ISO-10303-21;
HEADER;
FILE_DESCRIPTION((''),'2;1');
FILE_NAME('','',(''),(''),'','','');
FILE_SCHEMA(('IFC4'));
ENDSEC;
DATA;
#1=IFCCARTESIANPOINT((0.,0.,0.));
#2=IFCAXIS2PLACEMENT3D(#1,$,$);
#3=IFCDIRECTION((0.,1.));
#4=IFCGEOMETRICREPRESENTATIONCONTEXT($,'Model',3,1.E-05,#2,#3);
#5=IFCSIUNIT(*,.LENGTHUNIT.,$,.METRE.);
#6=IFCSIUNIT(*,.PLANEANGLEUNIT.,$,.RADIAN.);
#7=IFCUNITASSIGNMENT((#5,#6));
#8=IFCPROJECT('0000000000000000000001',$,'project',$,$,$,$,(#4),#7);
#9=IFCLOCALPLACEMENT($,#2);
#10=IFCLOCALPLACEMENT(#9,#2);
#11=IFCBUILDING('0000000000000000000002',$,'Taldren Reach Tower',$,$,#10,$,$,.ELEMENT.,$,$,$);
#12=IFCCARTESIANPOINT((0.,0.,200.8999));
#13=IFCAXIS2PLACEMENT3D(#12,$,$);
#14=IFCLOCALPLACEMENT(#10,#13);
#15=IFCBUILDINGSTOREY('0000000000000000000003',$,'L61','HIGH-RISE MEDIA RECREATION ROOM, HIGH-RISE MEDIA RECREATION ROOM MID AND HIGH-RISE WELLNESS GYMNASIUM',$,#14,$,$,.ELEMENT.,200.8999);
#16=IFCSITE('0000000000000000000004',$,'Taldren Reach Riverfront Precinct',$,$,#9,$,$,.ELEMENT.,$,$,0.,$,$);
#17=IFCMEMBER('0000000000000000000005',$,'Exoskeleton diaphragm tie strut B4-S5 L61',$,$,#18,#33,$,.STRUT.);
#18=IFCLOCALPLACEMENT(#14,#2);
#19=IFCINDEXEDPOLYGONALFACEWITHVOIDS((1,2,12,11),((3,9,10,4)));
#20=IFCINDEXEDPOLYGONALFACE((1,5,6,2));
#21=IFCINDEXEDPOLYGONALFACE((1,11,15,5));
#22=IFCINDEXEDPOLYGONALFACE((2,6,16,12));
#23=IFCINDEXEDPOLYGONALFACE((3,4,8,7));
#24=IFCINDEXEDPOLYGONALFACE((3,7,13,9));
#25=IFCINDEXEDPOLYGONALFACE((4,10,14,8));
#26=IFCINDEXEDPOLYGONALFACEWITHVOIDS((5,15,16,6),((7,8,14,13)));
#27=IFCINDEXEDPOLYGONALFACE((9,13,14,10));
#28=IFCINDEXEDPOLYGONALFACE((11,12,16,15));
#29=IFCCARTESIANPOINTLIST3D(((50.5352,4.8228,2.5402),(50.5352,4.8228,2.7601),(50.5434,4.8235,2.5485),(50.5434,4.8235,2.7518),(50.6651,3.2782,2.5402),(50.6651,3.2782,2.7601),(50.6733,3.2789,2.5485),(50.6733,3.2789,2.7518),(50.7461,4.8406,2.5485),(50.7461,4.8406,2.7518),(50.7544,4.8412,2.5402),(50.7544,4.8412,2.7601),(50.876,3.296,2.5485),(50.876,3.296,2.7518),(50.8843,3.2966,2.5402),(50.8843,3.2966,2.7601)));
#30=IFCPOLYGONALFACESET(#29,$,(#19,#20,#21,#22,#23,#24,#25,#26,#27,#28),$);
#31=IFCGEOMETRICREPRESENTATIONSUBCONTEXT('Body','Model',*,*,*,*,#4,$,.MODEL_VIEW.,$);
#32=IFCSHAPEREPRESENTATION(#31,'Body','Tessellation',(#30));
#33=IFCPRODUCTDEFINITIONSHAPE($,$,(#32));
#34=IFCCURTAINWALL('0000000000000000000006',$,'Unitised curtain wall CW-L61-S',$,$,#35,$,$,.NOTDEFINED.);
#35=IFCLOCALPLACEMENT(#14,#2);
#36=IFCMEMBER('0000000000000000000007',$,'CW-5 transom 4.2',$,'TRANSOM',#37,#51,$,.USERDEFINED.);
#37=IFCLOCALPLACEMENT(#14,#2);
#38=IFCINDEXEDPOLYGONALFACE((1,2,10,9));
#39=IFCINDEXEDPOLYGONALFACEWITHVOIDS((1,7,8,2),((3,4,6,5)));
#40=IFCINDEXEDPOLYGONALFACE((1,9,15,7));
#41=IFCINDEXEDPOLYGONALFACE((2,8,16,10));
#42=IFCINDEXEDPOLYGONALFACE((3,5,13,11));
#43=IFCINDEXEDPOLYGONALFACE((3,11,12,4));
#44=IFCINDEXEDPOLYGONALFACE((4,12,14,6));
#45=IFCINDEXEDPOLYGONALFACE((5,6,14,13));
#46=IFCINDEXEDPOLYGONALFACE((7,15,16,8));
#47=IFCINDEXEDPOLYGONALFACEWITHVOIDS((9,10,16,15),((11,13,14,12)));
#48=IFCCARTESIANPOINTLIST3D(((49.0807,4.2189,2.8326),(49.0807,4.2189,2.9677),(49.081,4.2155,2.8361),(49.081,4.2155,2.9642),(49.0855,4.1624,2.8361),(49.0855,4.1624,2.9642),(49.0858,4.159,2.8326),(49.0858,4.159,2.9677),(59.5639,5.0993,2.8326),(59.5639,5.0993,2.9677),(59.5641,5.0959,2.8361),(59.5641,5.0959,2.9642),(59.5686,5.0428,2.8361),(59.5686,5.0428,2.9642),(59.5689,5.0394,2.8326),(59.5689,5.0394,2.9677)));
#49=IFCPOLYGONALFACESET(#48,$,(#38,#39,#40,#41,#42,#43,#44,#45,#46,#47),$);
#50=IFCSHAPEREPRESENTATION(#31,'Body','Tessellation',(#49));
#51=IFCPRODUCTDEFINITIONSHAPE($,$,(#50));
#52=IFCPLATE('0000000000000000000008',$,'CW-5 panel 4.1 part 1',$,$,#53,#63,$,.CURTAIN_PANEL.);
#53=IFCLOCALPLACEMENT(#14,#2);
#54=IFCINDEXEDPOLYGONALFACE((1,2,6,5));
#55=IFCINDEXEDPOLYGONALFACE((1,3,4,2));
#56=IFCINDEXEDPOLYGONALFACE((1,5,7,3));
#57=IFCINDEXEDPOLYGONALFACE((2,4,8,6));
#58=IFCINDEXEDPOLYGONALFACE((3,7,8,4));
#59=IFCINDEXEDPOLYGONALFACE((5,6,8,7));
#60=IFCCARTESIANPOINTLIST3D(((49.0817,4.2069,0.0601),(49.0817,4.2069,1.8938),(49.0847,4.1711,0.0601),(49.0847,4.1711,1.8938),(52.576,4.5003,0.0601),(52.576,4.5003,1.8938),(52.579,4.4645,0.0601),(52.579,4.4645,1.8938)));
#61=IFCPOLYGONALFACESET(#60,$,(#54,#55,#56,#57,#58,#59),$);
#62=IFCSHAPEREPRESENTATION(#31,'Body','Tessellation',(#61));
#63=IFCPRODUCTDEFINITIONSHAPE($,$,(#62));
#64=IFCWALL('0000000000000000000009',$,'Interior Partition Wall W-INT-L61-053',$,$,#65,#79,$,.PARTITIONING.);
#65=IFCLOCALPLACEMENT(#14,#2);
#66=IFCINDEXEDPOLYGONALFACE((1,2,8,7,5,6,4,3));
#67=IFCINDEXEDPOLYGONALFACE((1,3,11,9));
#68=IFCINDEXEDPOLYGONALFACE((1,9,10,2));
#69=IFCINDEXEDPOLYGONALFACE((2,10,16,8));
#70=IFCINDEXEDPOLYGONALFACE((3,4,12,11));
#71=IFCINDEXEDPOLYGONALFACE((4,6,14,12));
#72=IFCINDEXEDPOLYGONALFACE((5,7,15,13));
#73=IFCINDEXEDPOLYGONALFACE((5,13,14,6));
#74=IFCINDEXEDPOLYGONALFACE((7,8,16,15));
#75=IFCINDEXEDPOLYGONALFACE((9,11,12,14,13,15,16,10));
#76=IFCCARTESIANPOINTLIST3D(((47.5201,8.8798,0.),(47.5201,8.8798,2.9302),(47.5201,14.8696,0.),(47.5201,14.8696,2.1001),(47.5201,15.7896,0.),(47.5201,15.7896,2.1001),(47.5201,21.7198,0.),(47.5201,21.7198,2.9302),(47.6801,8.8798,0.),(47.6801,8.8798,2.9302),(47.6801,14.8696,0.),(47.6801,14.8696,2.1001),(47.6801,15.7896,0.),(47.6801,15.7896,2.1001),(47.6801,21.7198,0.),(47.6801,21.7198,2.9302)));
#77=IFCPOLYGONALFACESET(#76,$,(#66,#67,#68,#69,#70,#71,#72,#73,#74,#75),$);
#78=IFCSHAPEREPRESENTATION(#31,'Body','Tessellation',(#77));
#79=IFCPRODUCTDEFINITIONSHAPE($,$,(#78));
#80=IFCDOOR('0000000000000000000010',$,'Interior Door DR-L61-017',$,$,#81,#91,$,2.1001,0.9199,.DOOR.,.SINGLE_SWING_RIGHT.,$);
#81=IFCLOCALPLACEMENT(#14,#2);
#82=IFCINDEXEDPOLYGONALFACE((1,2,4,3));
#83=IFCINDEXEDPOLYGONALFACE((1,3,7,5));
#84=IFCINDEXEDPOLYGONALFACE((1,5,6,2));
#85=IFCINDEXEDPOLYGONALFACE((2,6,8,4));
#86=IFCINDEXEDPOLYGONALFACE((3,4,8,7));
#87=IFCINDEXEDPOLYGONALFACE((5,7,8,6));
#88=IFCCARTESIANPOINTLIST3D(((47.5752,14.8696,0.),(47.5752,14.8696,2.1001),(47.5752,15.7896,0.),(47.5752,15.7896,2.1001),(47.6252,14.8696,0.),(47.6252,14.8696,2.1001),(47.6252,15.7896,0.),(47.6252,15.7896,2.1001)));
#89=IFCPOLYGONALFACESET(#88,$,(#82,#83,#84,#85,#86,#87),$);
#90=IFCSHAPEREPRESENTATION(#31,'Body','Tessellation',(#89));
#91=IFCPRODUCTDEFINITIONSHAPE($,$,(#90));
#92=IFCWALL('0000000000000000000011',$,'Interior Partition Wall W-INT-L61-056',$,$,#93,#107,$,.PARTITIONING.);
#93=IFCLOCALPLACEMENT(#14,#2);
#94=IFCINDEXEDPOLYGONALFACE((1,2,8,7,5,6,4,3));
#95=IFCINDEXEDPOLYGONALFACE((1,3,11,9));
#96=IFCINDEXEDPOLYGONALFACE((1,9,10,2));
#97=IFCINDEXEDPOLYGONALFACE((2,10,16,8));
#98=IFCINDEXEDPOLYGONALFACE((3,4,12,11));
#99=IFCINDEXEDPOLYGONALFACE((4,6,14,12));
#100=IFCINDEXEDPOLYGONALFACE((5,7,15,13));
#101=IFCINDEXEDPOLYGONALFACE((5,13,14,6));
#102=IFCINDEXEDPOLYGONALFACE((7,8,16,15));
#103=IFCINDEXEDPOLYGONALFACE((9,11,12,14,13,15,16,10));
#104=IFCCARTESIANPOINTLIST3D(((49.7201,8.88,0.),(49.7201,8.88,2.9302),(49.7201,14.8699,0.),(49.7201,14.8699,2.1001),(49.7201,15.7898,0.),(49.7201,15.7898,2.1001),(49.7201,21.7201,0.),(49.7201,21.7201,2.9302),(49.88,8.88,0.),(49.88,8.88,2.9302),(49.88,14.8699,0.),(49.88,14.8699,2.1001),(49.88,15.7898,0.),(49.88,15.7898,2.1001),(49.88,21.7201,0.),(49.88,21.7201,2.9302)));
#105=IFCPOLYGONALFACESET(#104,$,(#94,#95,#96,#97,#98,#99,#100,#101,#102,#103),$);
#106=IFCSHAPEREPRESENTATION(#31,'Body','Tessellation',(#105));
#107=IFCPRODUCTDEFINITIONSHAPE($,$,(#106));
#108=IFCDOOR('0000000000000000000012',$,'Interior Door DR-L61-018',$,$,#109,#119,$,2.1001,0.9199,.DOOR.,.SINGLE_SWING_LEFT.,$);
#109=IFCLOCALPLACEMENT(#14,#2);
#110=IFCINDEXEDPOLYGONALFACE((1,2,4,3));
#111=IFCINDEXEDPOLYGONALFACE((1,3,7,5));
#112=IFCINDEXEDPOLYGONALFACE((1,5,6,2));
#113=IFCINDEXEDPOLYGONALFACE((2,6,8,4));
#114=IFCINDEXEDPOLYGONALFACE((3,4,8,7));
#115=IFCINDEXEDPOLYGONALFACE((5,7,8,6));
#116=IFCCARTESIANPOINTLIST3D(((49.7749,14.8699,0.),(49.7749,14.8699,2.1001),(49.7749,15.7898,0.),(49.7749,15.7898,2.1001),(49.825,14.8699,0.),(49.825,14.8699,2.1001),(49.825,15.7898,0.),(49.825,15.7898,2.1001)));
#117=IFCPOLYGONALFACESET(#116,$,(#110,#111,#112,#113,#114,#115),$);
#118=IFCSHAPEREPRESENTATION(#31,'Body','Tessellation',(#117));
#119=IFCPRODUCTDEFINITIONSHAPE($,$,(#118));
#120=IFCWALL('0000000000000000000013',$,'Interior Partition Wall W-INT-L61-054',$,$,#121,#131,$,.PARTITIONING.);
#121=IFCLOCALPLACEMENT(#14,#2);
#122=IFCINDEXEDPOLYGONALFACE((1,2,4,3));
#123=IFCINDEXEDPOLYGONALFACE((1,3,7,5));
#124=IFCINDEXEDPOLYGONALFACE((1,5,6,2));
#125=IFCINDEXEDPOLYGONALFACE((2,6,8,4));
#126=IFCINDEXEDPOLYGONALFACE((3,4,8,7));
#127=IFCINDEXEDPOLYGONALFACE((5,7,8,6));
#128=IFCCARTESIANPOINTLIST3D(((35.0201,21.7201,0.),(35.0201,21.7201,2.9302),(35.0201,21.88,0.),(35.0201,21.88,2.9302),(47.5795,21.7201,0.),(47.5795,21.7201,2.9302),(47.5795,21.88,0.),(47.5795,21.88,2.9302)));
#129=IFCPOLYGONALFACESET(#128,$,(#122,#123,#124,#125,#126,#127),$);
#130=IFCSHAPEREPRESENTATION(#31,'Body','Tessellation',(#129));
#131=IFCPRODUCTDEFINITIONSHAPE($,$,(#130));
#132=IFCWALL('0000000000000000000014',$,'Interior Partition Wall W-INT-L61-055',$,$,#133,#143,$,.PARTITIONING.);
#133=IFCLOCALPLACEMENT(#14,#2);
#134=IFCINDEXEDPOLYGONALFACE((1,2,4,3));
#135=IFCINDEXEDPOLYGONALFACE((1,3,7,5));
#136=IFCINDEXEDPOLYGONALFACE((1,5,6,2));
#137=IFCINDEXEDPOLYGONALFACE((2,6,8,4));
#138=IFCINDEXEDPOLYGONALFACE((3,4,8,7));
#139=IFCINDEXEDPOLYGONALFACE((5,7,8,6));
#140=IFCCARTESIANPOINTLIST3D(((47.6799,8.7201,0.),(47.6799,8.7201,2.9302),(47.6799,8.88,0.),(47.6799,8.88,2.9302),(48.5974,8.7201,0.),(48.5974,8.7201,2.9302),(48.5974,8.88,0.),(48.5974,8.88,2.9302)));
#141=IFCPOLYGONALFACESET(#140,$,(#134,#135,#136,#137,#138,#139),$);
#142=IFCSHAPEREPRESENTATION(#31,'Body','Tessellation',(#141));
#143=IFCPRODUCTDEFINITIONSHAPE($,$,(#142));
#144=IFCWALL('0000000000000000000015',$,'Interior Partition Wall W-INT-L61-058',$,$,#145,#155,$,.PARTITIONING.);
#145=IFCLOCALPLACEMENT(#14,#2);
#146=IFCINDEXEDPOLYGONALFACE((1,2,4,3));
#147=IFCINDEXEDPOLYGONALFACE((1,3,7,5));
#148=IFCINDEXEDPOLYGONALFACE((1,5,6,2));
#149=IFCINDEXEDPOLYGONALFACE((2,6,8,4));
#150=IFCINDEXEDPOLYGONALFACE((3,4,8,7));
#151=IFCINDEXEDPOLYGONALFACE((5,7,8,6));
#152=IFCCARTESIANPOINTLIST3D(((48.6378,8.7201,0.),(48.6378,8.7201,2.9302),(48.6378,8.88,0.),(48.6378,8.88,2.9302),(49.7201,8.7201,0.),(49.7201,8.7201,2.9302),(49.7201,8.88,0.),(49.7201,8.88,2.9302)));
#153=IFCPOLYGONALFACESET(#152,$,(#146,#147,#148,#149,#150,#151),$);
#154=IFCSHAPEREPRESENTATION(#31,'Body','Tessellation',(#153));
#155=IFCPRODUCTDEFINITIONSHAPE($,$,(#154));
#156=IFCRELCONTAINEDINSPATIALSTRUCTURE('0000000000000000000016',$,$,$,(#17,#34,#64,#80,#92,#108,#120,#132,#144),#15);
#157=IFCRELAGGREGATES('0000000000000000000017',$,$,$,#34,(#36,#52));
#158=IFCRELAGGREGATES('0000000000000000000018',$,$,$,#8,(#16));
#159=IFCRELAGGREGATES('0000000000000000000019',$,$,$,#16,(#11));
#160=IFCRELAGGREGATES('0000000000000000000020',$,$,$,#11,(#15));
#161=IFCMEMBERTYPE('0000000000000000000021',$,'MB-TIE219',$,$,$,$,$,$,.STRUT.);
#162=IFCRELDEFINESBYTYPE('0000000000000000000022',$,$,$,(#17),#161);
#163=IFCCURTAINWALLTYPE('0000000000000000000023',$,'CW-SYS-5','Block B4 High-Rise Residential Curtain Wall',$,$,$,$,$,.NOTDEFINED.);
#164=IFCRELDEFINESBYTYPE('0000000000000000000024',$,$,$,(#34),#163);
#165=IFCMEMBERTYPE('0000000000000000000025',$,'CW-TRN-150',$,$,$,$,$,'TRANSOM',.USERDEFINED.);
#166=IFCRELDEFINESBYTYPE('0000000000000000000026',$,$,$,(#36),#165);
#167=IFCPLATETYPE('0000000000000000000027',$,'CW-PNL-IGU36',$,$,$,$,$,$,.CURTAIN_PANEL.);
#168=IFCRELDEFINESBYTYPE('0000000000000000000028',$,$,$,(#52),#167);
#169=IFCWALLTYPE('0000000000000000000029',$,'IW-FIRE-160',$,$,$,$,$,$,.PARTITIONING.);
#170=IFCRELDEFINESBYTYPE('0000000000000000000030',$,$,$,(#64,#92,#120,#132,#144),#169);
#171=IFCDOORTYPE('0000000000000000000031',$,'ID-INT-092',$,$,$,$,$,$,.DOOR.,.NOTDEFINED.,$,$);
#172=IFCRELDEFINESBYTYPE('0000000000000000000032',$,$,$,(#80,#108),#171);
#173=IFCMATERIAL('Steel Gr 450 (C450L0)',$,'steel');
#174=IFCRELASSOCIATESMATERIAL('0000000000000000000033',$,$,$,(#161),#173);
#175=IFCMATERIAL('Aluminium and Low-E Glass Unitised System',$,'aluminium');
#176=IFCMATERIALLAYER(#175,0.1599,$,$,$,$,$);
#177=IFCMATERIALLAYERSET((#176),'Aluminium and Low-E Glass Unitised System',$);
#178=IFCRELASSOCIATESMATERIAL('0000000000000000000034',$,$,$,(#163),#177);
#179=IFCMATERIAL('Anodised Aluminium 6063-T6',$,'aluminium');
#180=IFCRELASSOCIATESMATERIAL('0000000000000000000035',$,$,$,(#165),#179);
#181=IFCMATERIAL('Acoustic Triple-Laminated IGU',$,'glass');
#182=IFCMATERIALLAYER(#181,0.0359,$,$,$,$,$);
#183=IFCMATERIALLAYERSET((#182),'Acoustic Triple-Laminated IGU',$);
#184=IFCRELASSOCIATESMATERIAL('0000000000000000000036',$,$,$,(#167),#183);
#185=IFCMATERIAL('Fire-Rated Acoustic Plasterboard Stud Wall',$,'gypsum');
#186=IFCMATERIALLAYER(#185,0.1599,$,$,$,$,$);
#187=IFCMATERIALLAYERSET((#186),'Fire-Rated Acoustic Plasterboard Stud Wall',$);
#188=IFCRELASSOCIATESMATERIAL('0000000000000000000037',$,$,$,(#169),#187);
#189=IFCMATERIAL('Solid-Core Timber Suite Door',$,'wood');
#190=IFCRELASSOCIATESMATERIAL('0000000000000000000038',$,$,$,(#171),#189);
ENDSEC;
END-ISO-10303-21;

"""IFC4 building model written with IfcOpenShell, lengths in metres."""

from ifc_helpers import new_model, si_unit, direction, frame, frame_2d, origin, origin_2d, place, context, subcontext, project, spatial, rectangle, hollow_rectangle, extrude, source, transform, mapped, material, layer, layer_set, material_profile, profile_set, type_object, element, fill, aggregate, save


model = new_model("IFC4")

# Units and contexts
model_context = context("Model", 3, precision=1e-05, world=origin(), true_north=direction((0.0, 1.0)))
body_context = subcontext(model_context, "Body", "Model", "MODEL_VIEW")
ifc_project = project(units=[si_unit("LENGTHUNIT", "METRE"), si_unit("PLANEANGLEUNIT", "RADIAN")], contexts=[model_context])

# Site, building, storey
site_placement = place(None, origin())
site = spatial("IfcSite", under=ifc_project, at=site_placement, Name="Taldren Reach Riverfront Precinct", CompositionType="ELEMENT", RefElevation=0.0)
building_placement = place(site_placement, origin())
building = spatial("IfcBuilding", under=site, at=building_placement, Name="Taldren Reach Tower", CompositionType="ELEMENT")
storey_placement = place(building_placement, frame((0.0, 0.0, 200.8999)))
storey = spatial("IfcBuildingStorey", under=building, at=storey_placement, Name="L61", Description="HIGH-RISE MEDIA RECREATION ROOM, HIGH-RISE MEDIA RECREATION ROOM MID AND HIGH-RISE WELLNESS GYMNASIUM", CompositionType="ELEMENT", Elevation=200.8999)

# Shared definitions
ifc_material_1 = material(Name="Steel Gr 450 (C450L0)", Category="steel")

# Member
ifc_material_profile_1 = material_profile(ifc_material_1, hollow_rectangle(XDim=0.22, YDim=0.22, WallThickness=0.0083, at=origin_2d()), Name="220x220x8.2SHS")
ifc_profile_set_1 = profile_set([ifc_material_profile_1], Name="Steel Gr 450 (C450L0)")
member_type_1 = type_object("IfcMemberType", Name="MB-TIE219", PredefinedType="STRUT", material=ifc_profile_set_1)
shared_shape_1 = source(origin(), body_context, "Body", "SweptSolid", [
    extrude(hollow_rectangle(XDim=0.22, YDim=0.22, WallThickness=0.0083, at=origin_2d()), origin(), (0.0, 0.0, 1.0), 1.55),
])
member_1_placement = place(storey_placement, frame((50.6448, 4.832, 2.6501), z_axis=(0.083788, -0.996484, 0.0), x_axis=(0.996484, 0.083788, 0.0)))
element("IfcMember", 1, at=member_1_placement, inside=storey, type_object=member_type_1, Name="Exoskeleton diaphragm tie strut B4-S5 L61", PredefinedType="STRUT", context=body_context, shape_type="MappedRepresentation", body=[
    mapped(shared_shape_1, transform((0.0, 0.0, 0.0), scale=1.0)),
])

# Curtain wall, member, plate
ifc_material_2 = material(Name="Aluminium and Low-E Glass Unitised System", Category="aluminium")
ifc_layer_1 = layer(ifc_material_2, 0.1599)
ifc_layer_set_1 = layer_set([ifc_layer_1], Name="Aluminium and Low-E Glass Unitised System")
curtain_wall_type = type_object("IfcCurtainWallType", Name="CW-SYS-5", Description="Block B4 High-Rise Residential Curtain Wall", PredefinedType="NOTDEFINED", material=ifc_layer_set_1)
curtain_wall_placement = place(storey_placement, origin())
curtain_wall = element("IfcCurtainWall", 2, at=curtain_wall_placement, inside=storey, type_object=curtain_wall_type, Name="Unitised curtain wall CW-L61-S", PredefinedType="NOTDEFINED")
ifc_material_3 = material(Name="Anodised Aluminium 6063-T6", Category="aluminium")
ifc_material_profile_2 = material_profile(ifc_material_3, hollow_rectangle(XDim=0.0601, YDim=0.135, WallThickness=0.0034, at=origin_2d()), Name="ALU-135x60x3.5RHS")
ifc_profile_set_2 = profile_set([ifc_material_profile_2], Name="Anodised Aluminium 6063-T6")
member_type_2 = type_object("IfcMemberType", Name="CW-TRN-150", ElementType="TRANSOM", PredefinedType="USERDEFINED", material=ifc_profile_set_2)
shared_shape_2 = source(origin(), body_context, "Body", "SweptSolid", [
    extrude(hollow_rectangle(XDim=0.0601, YDim=0.135, WallThickness=0.0034, at=origin_2d()), origin(), (0.0, 0.0, 1.0), 10.52),
])
member_2_placement = place(storey_placement, frame((49.0833, 4.189, 2.9001), z_axis=(0.996492, 0.083685, 0.0), x_axis=(-0.083685, 0.996492, 0.0)))
member_2 = element("IfcMember", 3, at=member_2_placement, type_object=member_type_2, Name="CW-5 transom 4.2", ObjectType="TRANSOM", PredefinedType="USERDEFINED", context=body_context, shape_type="MappedRepresentation", body=[
    mapped(shared_shape_2, transform((0.0, 0.0, 0.0), scale=1.0)),
])
ifc_material_4 = material(Name="Acoustic Triple-Laminated IGU", Category="glass")
ifc_layer_2 = layer(ifc_material_4, 0.0359)
ifc_layer_set_2 = layer_set([ifc_layer_2], Name="Acoustic Triple-Laminated IGU")
plate_type = type_object("IfcPlateType", Name="CW-PNL-IGU36", PredefinedType="CURTAIN_PANEL", material=ifc_layer_set_2)
shared_shape_3 = source(origin(), body_context, "Body", "SweptSolid", [
    extrude(rectangle(XDim=3.5066, YDim=0.0359, at=origin_2d()), origin(), (0.0, 0.0, 1.0), 1.8337),
])
plate_placement = place(storey_placement, frame((50.8303, 4.3357, 0.0601), z_axis=(0.0, 0.0, 1.0), x_axis=(0.996493, 0.083678, 0.0)))
plate = element("IfcPlate", 4, at=plate_placement, type_object=plate_type, Name="CW-5 panel 4.1 part 1", PredefinedType="CURTAIN_PANEL", context=body_context, shape_type="MappedRepresentation", body=[
    mapped(shared_shape_3, transform((0.0, 0.0, 0.0), scale=1.0)),
])
aggregate(curtain_wall, [member_2, plate])

# Walls, openings, doors
ifc_material_5 = material(Name="Fire-Rated Acoustic Plasterboard Stud Wall", Category="gypsum")
ifc_layer_3 = layer(ifc_material_5, 0.1599)
ifc_layer_set_3 = layer_set([ifc_layer_3], Name="Fire-Rated Acoustic Plasterboard Stud Wall")
wall_type_1 = type_object("IfcWallType", Name="IW-FIRE-160", PredefinedType="PARTITIONING", material=ifc_layer_set_3)
shared_shape_4 = source(origin(), body_context, "Body", "SweptSolid", [
    extrude(rectangle(XDim=12.8401, YDim=0.1599, at=frame_2d((6.4199, 0.0))), origin(), (0.0, 0.0, 1.0), 2.9302),
])
wall_1_placement = place(storey_placement, frame((47.6001, 8.8799, 0.0), z_axis=(0.0, 0.0, 1.0), x_axis=(0.0, 1.0, 0.0)))
wall_1 = element("IfcWall", 5, at=wall_1_placement, inside=storey, type_object=wall_type_1, Name="Interior Partition Wall W-INT-L61-053", PredefinedType="PARTITIONING", context=body_context, shape_type="MappedRepresentation", body=[
    mapped(shared_shape_4, transform((0.0, 0.0, 0.0), scale=1.0)),
])
shared_shape_5 = source(origin(), body_context, "Body", "SweptSolid", [
    extrude(rectangle(XDim=0.9199, YDim=2.1001, at=frame_2d((0.46, 1.05))), frame((0.0, 0.0898, 0.0), z_axis=(0.0, -1.0, 0.0), x_axis=(1.0, 0.0, 0.0)), (0.0, 0.0, 1.0), 0.1799),
])
opening_1_placement = place(wall_1_placement, frame((5.9897, 0.0, 0.0)))
opening_1 = element("IfcOpeningElement", 6, at=opening_1_placement, cuts=wall_1, PredefinedType="OPENING", context=body_context, shape_type="MappedRepresentation", body=[
    mapped(shared_shape_5, transform((0.0, 0.0, 0.0), scale=1.0)),
])
ifc_material_6 = material(Name="Solid-Core Timber Suite Door", Category="wood")
door_type = type_object("IfcDoorType", Name="ID-INT-092", OperationType="NOTDEFINED", PredefinedType="DOOR", material=ifc_material_6)
shared_shape_6 = source(origin(), body_context, "Body", "SweptSolid", [
    extrude(rectangle(XDim=0.9199, YDim=2.1001, at=frame_2d((0.46, 1.05))), frame((0.0, 0.0249, 0.0), z_axis=(0.0, -1.0, 0.0), x_axis=(1.0, 0.0, 0.0)), (0.0, 0.0, 1.0), 0.05),
])
door_1_placement = place(opening_1_placement, origin())
door_1 = element("IfcDoor", 7, at=door_1_placement, inside=storey, type_object=door_type, Name="Interior Door DR-L61-017", OperationType="SINGLE_SWING_RIGHT", OverallHeight=2.1001, OverallWidth=0.9199, PredefinedType="DOOR", context=body_context, shape_type="MappedRepresentation", body=[
    mapped(shared_shape_6, transform((0.0, 0.0, 0.0), scale=1.0)),
])
fill(opening_1, door_1)
wall_2_placement = place(storey_placement, frame((49.8, 21.72, 0.0), z_axis=(0.0, 0.0, 1.0), x_axis=(0.0, -1.0, 0.0)))
wall_2 = element("IfcWall", 8, at=wall_2_placement, inside=storey, type_object=wall_type_1, Name="Interior Partition Wall W-INT-L61-056", PredefinedType="PARTITIONING", context=body_context, shape_type="MappedRepresentation", body=[
    mapped(shared_shape_4, transform((0.0, 0.0, 0.0), scale=1.0)),
])
opening_2_placement = place(wall_2_placement, frame((5.9302, 0.0, 0.0)))
opening_2 = element("IfcOpeningElement", 9, at=opening_2_placement, cuts=wall_2, PredefinedType="OPENING", context=body_context, shape_type="MappedRepresentation", body=[
    mapped(shared_shape_5, transform((0.0, 0.0, 0.0), scale=1.0)),
])
door_2_placement = place(opening_2_placement, origin())
door_2 = element("IfcDoor", 10, at=door_2_placement, inside=storey, type_object=door_type, Name="Interior Door DR-L61-018", OperationType="SINGLE_SWING_LEFT", OverallHeight=2.1001, OverallWidth=0.9199, PredefinedType="DOOR", context=body_context, shape_type="MappedRepresentation", body=[
    mapped(shared_shape_6, transform((0.0, 0.0, 0.0), scale=1.0)),
])
fill(opening_2, door_2)

# Walls
shared_shape_7 = source(origin(), body_context, "Body", "SweptSolid", [
    extrude(rectangle(XDim=12.5593, YDim=0.1599, at=frame_2d((6.2798, 0.0))), origin(), (0.0, 0.0, 1.0), 2.9302),
])
wall_3_placement = place(storey_placement, frame((47.5796, 21.8, 0.0), z_axis=(0.0, 0.0, 1.0), x_axis=(-1.0, 0.0, 0.0)))
element("IfcWall", 11, at=wall_3_placement, inside=storey, type_object=wall_type_1, Name="Interior Partition Wall W-INT-L61-054", PredefinedType="PARTITIONING", context=body_context, shape_type="MappedRepresentation", body=[
    mapped(shared_shape_7, transform((0.0, 0.0, 0.0), scale=1.0)),
])
shared_shape_8 = source(origin(), body_context, "Body", "SweptSolid", [
    extrude(rectangle(XDim=0.9175, YDim=0.1599, at=frame_2d((0.4587, 0.0))), origin(), (0.0, 0.0, 1.0), 2.9302),
])
wall_4_placement = place(storey_placement, frame((48.5974, 8.8, 0.0), z_axis=(0.0, 0.0, 1.0), x_axis=(-1.0, 0.0, 0.0)))
element("IfcWall", 12, at=wall_4_placement, inside=storey, type_object=wall_type_1, Name="Interior Partition Wall W-INT-L61-055", PredefinedType="PARTITIONING", context=body_context, shape_type="MappedRepresentation", body=[
    mapped(shared_shape_8, transform((0.0, 0.0, 0.0), scale=1.0)),
])
shared_shape_9 = source(origin(), body_context, "Body", "SweptSolid", [
    extrude(rectangle(XDim=1.0823, YDim=0.1599, at=frame_2d((0.541, 0.0))), origin(), (0.0, 0.0, 1.0), 2.9302),
])
wall_5_placement = place(storey_placement, frame((49.72, 8.8, 0.0), z_axis=(0.0, 0.0, 1.0), x_axis=(-1.0, 0.0, 0.0)))
element("IfcWall", 13, at=wall_5_placement, inside=storey, type_object=wall_type_1, Name="Interior Partition Wall W-INT-L61-058", PredefinedType="PARTITIONING", context=body_context, shape_type="MappedRepresentation", body=[
    mapped(shared_shape_9, transform((0.0, 0.0, 0.0), scale=1.0)),
])

save(model, "model.ifc")
